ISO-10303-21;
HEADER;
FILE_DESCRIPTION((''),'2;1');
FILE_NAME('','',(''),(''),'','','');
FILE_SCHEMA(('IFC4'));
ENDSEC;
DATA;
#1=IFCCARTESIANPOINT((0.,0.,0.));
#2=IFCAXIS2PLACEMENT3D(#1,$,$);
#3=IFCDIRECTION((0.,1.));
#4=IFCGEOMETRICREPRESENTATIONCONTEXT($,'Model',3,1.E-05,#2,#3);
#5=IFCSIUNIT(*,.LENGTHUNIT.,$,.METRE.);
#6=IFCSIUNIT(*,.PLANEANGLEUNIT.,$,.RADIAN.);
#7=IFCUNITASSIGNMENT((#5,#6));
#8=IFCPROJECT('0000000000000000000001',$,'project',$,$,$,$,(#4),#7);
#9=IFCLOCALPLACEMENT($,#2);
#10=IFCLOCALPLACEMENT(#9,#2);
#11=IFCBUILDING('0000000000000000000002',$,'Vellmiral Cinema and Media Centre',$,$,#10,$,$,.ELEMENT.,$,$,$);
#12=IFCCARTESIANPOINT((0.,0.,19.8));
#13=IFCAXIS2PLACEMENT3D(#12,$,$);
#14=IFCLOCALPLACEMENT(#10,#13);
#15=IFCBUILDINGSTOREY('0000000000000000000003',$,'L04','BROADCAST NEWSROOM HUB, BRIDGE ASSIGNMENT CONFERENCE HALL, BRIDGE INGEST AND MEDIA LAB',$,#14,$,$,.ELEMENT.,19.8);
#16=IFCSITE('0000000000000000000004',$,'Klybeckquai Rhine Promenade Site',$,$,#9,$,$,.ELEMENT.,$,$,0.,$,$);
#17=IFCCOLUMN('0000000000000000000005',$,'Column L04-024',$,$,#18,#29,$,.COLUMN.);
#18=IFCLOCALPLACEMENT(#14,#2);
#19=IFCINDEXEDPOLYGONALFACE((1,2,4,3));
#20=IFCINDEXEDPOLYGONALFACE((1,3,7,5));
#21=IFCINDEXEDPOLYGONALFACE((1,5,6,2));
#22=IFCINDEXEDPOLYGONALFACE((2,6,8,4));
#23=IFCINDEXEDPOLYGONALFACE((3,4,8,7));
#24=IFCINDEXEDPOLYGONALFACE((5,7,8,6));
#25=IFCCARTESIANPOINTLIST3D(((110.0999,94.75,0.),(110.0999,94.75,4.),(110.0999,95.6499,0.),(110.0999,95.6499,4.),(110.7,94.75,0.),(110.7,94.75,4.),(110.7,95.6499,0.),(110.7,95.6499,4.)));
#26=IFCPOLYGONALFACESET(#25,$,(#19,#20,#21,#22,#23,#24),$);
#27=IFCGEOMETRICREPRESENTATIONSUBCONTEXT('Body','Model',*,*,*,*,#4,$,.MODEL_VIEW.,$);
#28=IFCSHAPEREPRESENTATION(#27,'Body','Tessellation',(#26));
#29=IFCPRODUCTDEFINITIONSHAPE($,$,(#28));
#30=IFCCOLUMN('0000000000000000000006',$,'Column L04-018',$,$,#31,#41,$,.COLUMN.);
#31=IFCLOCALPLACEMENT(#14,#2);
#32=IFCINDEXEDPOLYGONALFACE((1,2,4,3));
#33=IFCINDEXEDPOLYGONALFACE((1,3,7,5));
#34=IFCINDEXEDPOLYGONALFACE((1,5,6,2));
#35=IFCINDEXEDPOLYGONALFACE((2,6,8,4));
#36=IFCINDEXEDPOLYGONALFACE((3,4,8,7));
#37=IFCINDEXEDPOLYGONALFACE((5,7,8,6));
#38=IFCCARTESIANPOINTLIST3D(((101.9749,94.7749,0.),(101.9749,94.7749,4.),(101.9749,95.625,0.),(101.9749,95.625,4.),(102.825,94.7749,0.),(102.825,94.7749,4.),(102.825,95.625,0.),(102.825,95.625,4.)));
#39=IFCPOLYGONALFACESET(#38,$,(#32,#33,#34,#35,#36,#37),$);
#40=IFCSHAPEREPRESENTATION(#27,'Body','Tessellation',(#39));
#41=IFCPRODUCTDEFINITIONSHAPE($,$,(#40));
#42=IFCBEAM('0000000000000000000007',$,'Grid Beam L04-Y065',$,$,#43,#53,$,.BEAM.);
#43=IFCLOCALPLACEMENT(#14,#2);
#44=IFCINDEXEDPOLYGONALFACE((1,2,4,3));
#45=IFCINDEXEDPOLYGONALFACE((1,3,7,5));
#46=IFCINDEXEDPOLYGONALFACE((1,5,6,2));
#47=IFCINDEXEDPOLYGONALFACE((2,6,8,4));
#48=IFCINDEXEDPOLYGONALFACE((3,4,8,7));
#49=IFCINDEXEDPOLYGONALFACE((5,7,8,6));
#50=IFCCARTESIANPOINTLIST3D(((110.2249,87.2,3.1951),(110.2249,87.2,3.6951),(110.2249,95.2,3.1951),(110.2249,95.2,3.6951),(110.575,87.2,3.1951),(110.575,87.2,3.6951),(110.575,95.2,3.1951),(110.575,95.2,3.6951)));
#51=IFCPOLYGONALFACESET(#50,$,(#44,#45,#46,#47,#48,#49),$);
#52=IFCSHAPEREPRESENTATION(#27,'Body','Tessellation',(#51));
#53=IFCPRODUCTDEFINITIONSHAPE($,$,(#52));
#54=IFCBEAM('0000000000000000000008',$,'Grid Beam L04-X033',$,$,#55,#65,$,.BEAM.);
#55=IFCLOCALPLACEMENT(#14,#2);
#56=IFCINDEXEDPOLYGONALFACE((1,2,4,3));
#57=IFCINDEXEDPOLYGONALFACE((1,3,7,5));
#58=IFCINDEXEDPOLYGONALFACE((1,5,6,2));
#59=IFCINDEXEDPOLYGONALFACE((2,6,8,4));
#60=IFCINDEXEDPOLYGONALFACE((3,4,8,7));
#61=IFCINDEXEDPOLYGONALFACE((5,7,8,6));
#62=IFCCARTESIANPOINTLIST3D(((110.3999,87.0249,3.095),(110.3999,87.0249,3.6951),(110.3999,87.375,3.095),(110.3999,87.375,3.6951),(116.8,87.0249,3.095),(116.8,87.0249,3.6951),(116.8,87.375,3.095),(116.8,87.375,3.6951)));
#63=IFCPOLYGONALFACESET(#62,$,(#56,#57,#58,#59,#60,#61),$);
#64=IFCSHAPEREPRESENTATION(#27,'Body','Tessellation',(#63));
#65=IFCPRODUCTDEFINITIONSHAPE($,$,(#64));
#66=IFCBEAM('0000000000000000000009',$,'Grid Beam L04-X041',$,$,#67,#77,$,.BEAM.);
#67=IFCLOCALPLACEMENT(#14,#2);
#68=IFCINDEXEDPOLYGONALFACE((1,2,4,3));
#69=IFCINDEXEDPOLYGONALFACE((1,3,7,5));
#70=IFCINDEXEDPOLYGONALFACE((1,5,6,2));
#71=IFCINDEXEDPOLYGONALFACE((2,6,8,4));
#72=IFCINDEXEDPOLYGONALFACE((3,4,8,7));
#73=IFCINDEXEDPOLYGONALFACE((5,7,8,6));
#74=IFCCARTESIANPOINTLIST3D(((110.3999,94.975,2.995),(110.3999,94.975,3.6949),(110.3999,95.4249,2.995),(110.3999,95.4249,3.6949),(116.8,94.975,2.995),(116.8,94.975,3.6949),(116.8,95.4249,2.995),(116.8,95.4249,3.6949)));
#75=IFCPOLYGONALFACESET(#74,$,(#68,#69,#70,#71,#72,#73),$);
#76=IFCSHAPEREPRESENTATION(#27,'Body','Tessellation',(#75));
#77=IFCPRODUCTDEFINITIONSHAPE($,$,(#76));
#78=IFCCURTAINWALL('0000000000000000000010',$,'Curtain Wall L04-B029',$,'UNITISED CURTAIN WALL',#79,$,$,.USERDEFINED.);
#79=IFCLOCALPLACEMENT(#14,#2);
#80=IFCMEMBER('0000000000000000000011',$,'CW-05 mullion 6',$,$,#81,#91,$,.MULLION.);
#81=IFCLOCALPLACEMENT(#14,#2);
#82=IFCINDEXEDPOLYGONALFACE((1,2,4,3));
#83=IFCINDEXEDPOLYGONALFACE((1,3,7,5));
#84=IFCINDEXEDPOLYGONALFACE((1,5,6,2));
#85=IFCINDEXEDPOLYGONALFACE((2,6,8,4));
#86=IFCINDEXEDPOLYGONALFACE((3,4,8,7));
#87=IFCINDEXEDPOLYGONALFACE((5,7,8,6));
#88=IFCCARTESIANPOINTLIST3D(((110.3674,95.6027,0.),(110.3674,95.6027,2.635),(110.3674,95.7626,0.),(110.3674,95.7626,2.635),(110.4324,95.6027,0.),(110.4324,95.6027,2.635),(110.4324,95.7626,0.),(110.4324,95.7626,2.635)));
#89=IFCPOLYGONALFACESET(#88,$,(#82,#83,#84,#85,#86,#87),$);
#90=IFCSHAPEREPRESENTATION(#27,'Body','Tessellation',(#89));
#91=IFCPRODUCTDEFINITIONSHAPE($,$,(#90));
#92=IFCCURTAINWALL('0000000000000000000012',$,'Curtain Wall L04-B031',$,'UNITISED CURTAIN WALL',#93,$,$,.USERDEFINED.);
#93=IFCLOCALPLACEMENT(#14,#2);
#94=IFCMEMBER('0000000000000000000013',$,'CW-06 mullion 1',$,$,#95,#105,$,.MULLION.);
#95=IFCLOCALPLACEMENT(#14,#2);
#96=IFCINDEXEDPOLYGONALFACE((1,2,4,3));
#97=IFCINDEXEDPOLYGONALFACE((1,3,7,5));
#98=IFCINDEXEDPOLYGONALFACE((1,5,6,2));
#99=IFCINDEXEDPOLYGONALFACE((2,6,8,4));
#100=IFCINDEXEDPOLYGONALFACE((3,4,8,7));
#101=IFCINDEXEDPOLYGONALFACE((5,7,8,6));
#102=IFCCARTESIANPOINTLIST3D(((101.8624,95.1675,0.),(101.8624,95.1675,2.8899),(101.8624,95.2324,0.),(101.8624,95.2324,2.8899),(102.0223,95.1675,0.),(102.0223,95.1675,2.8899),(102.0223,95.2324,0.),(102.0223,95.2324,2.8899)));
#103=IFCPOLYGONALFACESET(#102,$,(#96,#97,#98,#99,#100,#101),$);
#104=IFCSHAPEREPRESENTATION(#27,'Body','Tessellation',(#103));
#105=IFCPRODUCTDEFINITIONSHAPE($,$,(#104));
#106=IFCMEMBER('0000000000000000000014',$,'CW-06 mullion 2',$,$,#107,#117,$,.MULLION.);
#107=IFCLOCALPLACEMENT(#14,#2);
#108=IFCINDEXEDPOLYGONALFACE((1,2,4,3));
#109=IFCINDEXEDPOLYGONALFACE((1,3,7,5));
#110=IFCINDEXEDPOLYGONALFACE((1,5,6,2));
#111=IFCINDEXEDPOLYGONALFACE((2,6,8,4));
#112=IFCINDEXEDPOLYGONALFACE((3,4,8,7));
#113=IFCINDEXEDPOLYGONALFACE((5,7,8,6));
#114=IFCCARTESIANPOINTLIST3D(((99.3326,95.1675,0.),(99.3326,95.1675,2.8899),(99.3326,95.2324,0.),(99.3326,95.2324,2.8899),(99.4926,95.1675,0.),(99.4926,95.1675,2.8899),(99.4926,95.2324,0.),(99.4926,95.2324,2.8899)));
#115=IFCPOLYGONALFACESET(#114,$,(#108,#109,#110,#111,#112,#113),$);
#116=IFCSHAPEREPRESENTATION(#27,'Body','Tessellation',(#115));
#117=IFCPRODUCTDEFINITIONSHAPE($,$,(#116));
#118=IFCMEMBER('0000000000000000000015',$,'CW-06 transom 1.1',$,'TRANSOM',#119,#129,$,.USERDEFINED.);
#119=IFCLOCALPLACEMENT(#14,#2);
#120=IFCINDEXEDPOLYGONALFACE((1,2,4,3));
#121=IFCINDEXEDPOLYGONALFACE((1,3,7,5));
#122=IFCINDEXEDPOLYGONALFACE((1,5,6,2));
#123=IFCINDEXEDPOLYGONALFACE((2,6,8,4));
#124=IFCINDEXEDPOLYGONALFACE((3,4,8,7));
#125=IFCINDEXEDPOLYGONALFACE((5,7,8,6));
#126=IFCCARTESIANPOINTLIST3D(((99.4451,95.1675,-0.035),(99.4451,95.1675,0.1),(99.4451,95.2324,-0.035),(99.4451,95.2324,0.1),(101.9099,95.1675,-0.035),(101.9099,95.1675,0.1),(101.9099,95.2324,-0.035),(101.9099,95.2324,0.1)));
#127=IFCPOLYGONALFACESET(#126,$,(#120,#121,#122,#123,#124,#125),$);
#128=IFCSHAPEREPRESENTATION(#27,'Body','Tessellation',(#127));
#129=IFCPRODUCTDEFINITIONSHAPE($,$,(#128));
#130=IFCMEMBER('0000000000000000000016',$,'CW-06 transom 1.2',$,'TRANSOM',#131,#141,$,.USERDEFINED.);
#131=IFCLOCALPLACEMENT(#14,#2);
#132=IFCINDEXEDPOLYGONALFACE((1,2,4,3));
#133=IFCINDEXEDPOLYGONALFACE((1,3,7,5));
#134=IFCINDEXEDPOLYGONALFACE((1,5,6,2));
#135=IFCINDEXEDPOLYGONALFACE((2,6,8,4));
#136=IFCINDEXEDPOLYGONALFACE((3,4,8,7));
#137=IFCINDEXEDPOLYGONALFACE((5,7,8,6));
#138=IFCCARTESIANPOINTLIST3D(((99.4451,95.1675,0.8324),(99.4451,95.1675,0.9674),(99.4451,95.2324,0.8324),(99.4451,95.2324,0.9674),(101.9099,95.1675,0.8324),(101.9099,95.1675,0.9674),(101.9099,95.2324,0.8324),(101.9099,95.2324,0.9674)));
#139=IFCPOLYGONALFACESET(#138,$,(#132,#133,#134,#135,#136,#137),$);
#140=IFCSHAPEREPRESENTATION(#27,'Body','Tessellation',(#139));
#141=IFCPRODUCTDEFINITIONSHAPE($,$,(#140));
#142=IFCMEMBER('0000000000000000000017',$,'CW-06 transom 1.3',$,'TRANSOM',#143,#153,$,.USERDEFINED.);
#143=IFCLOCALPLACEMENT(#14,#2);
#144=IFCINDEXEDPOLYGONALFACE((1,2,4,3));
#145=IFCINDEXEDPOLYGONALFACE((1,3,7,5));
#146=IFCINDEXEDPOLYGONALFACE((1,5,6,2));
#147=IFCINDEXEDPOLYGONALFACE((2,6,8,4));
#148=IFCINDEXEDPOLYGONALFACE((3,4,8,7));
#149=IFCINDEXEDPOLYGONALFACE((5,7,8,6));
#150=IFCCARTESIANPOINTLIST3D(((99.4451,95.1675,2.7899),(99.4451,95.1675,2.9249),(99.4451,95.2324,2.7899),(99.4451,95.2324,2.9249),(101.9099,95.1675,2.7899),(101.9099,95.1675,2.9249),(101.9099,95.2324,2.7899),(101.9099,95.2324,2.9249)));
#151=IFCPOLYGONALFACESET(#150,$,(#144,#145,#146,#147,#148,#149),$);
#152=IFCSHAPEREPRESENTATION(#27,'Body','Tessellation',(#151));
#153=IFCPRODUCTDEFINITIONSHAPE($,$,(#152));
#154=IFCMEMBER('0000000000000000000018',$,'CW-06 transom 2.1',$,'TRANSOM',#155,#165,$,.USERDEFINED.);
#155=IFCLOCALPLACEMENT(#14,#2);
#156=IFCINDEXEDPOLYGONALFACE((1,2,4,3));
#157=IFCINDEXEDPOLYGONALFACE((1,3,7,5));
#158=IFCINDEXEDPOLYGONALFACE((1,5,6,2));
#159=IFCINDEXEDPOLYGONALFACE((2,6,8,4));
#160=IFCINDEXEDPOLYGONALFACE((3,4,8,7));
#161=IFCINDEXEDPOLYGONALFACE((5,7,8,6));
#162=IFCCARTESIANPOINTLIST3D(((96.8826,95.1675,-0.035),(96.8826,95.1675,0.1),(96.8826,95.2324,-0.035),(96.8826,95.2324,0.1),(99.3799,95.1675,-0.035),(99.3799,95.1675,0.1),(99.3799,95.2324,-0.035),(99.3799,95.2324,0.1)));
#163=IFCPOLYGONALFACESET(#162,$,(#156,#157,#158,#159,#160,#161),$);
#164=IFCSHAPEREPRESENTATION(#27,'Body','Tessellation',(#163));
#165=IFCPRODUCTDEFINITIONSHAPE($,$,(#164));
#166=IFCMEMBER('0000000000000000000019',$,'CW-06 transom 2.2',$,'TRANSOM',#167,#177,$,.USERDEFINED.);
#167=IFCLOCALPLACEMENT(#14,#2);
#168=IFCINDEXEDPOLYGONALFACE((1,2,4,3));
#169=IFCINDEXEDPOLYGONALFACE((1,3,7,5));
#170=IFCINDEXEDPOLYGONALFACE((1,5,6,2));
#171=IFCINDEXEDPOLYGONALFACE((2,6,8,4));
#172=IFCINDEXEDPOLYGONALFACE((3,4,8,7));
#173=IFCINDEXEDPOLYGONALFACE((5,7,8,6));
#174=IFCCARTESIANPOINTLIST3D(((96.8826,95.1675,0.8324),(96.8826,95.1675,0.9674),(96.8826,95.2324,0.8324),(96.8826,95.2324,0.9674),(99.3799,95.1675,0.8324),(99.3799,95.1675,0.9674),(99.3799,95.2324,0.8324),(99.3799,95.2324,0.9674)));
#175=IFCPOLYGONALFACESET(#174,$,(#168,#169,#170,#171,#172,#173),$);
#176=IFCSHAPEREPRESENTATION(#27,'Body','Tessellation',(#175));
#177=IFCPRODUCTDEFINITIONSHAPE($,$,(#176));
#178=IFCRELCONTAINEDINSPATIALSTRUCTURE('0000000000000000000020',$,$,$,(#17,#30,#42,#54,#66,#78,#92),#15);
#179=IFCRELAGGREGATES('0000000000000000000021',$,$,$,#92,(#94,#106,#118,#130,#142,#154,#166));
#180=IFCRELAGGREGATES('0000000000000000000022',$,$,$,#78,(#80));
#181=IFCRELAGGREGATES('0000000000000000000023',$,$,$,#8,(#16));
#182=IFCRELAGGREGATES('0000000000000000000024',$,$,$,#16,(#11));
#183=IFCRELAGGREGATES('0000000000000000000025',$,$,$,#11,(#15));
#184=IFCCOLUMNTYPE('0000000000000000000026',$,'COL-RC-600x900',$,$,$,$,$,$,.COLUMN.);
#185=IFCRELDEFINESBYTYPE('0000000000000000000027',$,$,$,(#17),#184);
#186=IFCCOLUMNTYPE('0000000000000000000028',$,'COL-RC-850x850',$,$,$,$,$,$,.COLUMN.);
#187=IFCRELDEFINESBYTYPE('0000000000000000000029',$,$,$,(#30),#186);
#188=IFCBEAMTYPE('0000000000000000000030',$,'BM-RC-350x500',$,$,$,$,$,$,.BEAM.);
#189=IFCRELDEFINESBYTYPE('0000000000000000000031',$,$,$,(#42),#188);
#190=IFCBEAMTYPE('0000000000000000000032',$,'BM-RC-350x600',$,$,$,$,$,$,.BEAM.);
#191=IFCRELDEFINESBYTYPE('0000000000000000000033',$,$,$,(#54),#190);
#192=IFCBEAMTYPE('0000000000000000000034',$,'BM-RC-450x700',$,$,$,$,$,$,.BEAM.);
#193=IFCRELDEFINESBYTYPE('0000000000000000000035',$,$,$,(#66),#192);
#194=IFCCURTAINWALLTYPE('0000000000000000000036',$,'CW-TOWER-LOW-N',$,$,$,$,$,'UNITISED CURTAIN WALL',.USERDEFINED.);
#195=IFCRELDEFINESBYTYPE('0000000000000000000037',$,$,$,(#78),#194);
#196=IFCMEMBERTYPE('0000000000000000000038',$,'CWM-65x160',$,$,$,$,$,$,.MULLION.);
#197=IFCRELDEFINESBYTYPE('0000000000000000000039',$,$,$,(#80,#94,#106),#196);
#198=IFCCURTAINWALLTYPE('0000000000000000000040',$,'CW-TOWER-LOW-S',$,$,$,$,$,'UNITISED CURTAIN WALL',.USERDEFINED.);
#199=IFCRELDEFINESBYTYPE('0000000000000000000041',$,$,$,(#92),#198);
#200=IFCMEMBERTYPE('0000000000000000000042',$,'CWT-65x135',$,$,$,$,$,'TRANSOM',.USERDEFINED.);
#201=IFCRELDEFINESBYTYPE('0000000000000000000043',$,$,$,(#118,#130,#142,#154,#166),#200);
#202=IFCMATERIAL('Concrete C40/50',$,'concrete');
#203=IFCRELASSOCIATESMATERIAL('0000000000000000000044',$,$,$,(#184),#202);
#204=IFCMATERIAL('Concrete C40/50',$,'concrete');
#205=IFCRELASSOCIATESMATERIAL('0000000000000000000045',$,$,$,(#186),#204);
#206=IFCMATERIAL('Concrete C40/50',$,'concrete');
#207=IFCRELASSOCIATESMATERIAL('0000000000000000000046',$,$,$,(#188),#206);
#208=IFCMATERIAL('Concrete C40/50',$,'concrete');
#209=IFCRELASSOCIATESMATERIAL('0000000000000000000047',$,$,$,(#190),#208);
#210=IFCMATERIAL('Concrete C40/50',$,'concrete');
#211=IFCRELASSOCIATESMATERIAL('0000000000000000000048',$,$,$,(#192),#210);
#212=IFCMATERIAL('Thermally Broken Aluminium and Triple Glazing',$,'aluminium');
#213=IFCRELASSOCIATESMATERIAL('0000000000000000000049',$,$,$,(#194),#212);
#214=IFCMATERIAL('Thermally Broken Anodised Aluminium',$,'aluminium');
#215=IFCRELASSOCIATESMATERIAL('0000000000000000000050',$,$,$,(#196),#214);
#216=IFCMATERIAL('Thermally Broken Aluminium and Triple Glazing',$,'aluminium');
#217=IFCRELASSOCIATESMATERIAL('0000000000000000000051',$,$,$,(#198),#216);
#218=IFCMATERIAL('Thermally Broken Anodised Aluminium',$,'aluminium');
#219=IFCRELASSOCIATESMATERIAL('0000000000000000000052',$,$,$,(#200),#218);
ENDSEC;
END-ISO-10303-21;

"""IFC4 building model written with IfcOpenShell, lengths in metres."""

from ifc_helpers import new_model, si_unit, direction, frame, origin, origin_2d, place, context, subcontext, project, spatial, rectangle, extrude, material, material_profile, profile_set, type_object, element, aggregate, save


model = new_model("IFC4")

# Units and contexts
model_context = context("Model", 3, precision=1e-05, world=origin(), true_north=direction((0.0, 1.0)))
body_context = subcontext(model_context, "Body", "Model", "MODEL_VIEW")
ifc_project = project(units=[si_unit("LENGTHUNIT", "METRE"), si_unit("PLANEANGLEUNIT", "RADIAN")], contexts=[model_context])

# Site, building, storey
site_placement = place(None, origin())
site = spatial("IfcSite", under=ifc_project, at=site_placement, Name="Klybeckquai Rhine Promenade Site", CompositionType="ELEMENT", RefElevation=0.0)
building_placement = place(site_placement, origin())
building = spatial("IfcBuilding", under=site, at=building_placement, Name="Vellmiral Cinema and Media Centre", CompositionType="ELEMENT")
storey_placement = place(building_placement, frame((0.0, 0.0, 19.8)))
storey = spatial("IfcBuildingStorey", under=building, at=storey_placement, Name="L04", Description="BROADCAST NEWSROOM HUB, BRIDGE ASSIGNMENT CONFERENCE HALL, BRIDGE INGEST AND MEDIA LAB", CompositionType="ELEMENT", Elevation=19.8)

# Columns
ifc_material_1 = material(Name="Concrete C40/50", Category="concrete")
ifc_material_profile_1 = material_profile(ifc_material_1, rectangle(XDim=0.6001, YDim=0.8999, at=origin_2d()), Name="RC 600x900")
ifc_profile_set_1 = profile_set([ifc_material_profile_1], Name="Concrete C40/50")
column_type_1 = type_object("IfcColumnType", Name="COL-RC-600x900", PredefinedType="COLUMN", material=ifc_profile_set_1)
column_1_placement = place(storey_placement, frame((110.3999, 95.2, 0.0), z_axis=(0.0, 0.0, 1.0), x_axis=(1.0, 0.0, 0.0)))
element("IfcColumn", 1, at=column_1_placement, inside=storey, type_object=column_type_1, Name="Column L04-024", PredefinedType="COLUMN", context=body_context, shape_type="SweptSolid", body=[
    extrude(rectangle(XDim=0.6001, YDim=0.8999, at=origin_2d()), origin(), (0.0, 0.0, 1.0), 4.0),
])
ifc_material_2 = material(Name="Concrete C40/50", Category="concrete")
ifc_material_profile_2 = material_profile(ifc_material_2, rectangle(XDim=0.8501, YDim=0.8501, at=origin_2d()), Name="RC 850x850")
ifc_profile_set_2 = profile_set([ifc_material_profile_2], Name="Concrete C40/50")
column_type_2 = type_object("IfcColumnType", Name="COL-RC-850x850", PredefinedType="COLUMN", material=ifc_profile_set_2)
column_2_placement = place(storey_placement, frame((102.3999, 95.2, 0.0), z_axis=(0.0, 0.0, 1.0), x_axis=(1.0, 0.0, 0.0)))
element("IfcColumn", 2, at=column_2_placement, inside=storey, type_object=column_type_2, Name="Column L04-018", PredefinedType="COLUMN", context=body_context, shape_type="SweptSolid", body=[
    extrude(rectangle(XDim=0.8501, YDim=0.8501, at=origin_2d()), origin(), (0.0, 0.0, 1.0), 4.0),
])

# Beams
ifc_material_3 = material(Name="Concrete C40/50", Category="concrete")
ifc_material_profile_3 = material_profile(ifc_material_3, rectangle(XDim=0.3501, YDim=0.5, at=origin_2d()), Name="RC 350x500")
ifc_profile_set_3 = profile_set([ifc_material_profile_3], Name="Concrete C40/50")
beam_type_1 = type_object("IfcBeamType", Name="BM-RC-350x500", PredefinedType="BEAM", material=ifc_profile_set_3)
beam_1_placement = place(storey_placement, frame((110.3999, 87.2, 3.4451), z_axis=(0.0, 1.0, 0.0), x_axis=(-1.0, 0.0, 0.0)))
element("IfcBeam", 3, at=beam_1_placement, inside=storey, type_object=beam_type_1, Name="Grid Beam L04-Y065", PredefinedType="BEAM", context=body_context, shape_type="SweptSolid", body=[
    extrude(rectangle(XDim=0.3501, YDim=0.5, at=origin_2d()), origin(), (0.0, 0.0, 1.0), 8.0),
])
ifc_material_4 = material(Name="Concrete C40/50", Category="concrete")
ifc_material_profile_4 = material_profile(ifc_material_4, rectangle(XDim=0.3501, YDim=0.6001, at=origin_2d()), Name="RC 350x600")
ifc_profile_set_4 = profile_set([ifc_material_profile_4], Name="Concrete C40/50")
beam_type_2 = type_object("IfcBeamType", Name="BM-RC-350x600", PredefinedType="BEAM", material=ifc_profile_set_4)
beam_2_placement = place(storey_placement, frame((110.3999, 87.2, 3.395), z_axis=(1.0, 0.0, 0.0), x_axis=(0.0, 1.0, 0.0)))
element("IfcBeam", 4, at=beam_2_placement, inside=storey, type_object=beam_type_2, Name="Grid Beam L04-X033", PredefinedType="BEAM", context=body_context, shape_type="SweptSolid", body=[
    extrude(rectangle(XDim=0.3501, YDim=0.6001, at=origin_2d()), origin(), (0.0, 0.0, 1.0), 6.4001),
])
ifc_material_5 = material(Name="Concrete C40/50", Category="concrete")
ifc_material_profile_5 = material_profile(ifc_material_5, rectangle(XDim=0.45, YDim=0.7, at=origin_2d()), Name="RC 450x700")
ifc_profile_set_5 = profile_set([ifc_material_profile_5], Name="Concrete C40/50")
beam_type_3 = type_object("IfcBeamType", Name="BM-RC-450x700", PredefinedType="BEAM", material=ifc_profile_set_5)
beam_3_placement = place(storey_placement, frame((110.3999, 95.2, 3.345), z_axis=(1.0, 0.0, 0.0), x_axis=(0.0, 1.0, 0.0)))
element("IfcBeam", 5, at=beam_3_placement, inside=storey, type_object=beam_type_3, Name="Grid Beam L04-X041", PredefinedType="BEAM", context=body_context, shape_type="SweptSolid", body=[
    extrude(rectangle(XDim=0.45, YDim=0.7, at=origin_2d()), origin(), (0.0, 0.0, 1.0), 6.4001),
])

# Curtain wall, member
ifc_material_6 = material(Name="Thermally Broken Aluminium and Triple Glazing", Category="aluminium")
curtain_wall_type_1 = type_object("IfcCurtainWallType", Name="CW-TOWER-LOW-N", ElementType="UNITISED CURTAIN WALL", PredefinedType="USERDEFINED", material=ifc_material_6)
curtain_wall_1_placement = place(storey_placement, origin())
curtain_wall_1 = element("IfcCurtainWall", 6, at=curtain_wall_1_placement, inside=storey, type_object=curtain_wall_type_1, Name="Curtain Wall L04-B029", ObjectType="UNITISED CURTAIN WALL", PredefinedType="USERDEFINED")
ifc_material_7 = material(Name="Thermally Broken Anodised Aluminium", Category="aluminium")
ifc_material_profile_6 = material_profile(ifc_material_7, rectangle(XDim=0.0649, YDim=0.1599, at=origin_2d()), Name="MULL 65x160")
ifc_profile_set_6 = profile_set([ifc_material_profile_6], Name="Thermally Broken Anodised Aluminium")
member_type_1 = type_object("IfcMemberType", Name="CWM-65x160", PredefinedType="MULLION", material=ifc_profile_set_6)
member_1_placement = place(storey_placement, frame((110.3999, 95.6826, 0.0), z_axis=(0.0, 0.0, 1.0), x_axis=(1.0, 0.0, 0.0)))
member_1 = element("IfcMember", 7, at=member_1_placement, type_object=member_type_1, Name="CW-05 mullion 6", PredefinedType="MULLION", context=body_context, shape_type="SweptSolid", body=[
    extrude(rectangle(XDim=0.0649, YDim=0.1599, at=origin_2d()), origin(), (0.0, 0.0, 1.0), 2.635),
])

# Curtain wall, members
ifc_material_8 = material(Name="Thermally Broken Aluminium and Triple Glazing", Category="aluminium")
curtain_wall_type_2 = type_object("IfcCurtainWallType", Name="CW-TOWER-LOW-S", ElementType="UNITISED CURTAIN WALL", PredefinedType="USERDEFINED", material=ifc_material_8)
curtain_wall_2_placement = place(storey_placement, origin())
curtain_wall_2 = element("IfcCurtainWall", 8, at=curtain_wall_2_placement, inside=storey, type_object=curtain_wall_type_2, Name="Curtain Wall L04-B031", ObjectType="UNITISED CURTAIN WALL", PredefinedType="USERDEFINED")
member_2_placement = place(storey_placement, frame((101.9424, 95.2, 0.0), z_axis=(0.0, 0.0, 1.0), x_axis=(0.0, -1.0, 0.0)))
member_2 = element("IfcMember", 9, at=member_2_placement, type_object=member_type_1, Name="CW-06 mullion 1", PredefinedType="MULLION", context=body_context, shape_type="SweptSolid", body=[
    extrude(rectangle(XDim=0.0649, YDim=0.1599, at=origin_2d()), origin(), (0.0, 0.0, 1.0), 2.8899),
])
member_3_placement = place(storey_placement, frame((99.4126, 95.2, 0.0), z_axis=(0.0, 0.0, 1.0), x_axis=(0.0, -1.0, 0.0)))
member_3 = element("IfcMember", 10, at=member_3_placement, type_object=member_type_1, Name="CW-06 mullion 2", PredefinedType="MULLION", context=body_context, shape_type="SweptSolid", body=[
    extrude(rectangle(XDim=0.0649, YDim=0.1599, at=origin_2d()), origin(), (0.0, 0.0, 1.0), 2.8899),
])
ifc_material_9 = material(Name="Thermally Broken Anodised Aluminium", Category="aluminium")
ifc_material_profile_7 = material_profile(ifc_material_9, rectangle(XDim=0.0649, YDim=0.135, at=origin_2d()), Name="MULL 65x135")
ifc_profile_set_7 = profile_set([ifc_material_profile_7], Name="Thermally Broken Anodised Aluminium")
member_type_2 = type_object("IfcMemberType", Name="CWT-65x135", ElementType="TRANSOM", PredefinedType="USERDEFINED", material=ifc_profile_set_7)
member_4_placement = place(storey_placement, frame((101.9099, 95.2, 0.0325), z_axis=(-1.0, 0.0, 0.0), x_axis=(0.0, -1.0, 0.0)))
member_4 = element("IfcMember", 11, at=member_4_placement, type_object=member_type_2, Name="CW-06 transom 1.1", ObjectType="TRANSOM", PredefinedType="USERDEFINED", context=body_context, shape_type="SweptSolid", body=[
    extrude(rectangle(XDim=0.0649, YDim=0.135, at=origin_2d()), origin(), (0.0, 0.0, 1.0), 2.4648),
])
member_5_placement = place(storey_placement, frame((101.9099, 95.2, 0.8999), z_axis=(-1.0, 0.0, 0.0), x_axis=(0.0, -1.0, 0.0)))
member_5 = element("IfcMember", 12, at=member_5_placement, type_object=member_type_2, Name="CW-06 transom 1.2", ObjectType="TRANSOM", PredefinedType="USERDEFINED", context=body_context, shape_type="SweptSolid", body=[
    extrude(rectangle(XDim=0.0649, YDim=0.135, at=origin_2d()), origin(), (0.0, 0.0, 1.0), 2.4648),
])
member_6_placement = place(storey_placement, frame((101.9099, 95.2, 2.8574), z_axis=(-1.0, 0.0, 0.0), x_axis=(0.0, -1.0, 0.0)))
member_6 = element("IfcMember", 13, at=member_6_placement, type_object=member_type_2, Name="CW-06 transom 1.3", ObjectType="TRANSOM", PredefinedType="USERDEFINED", context=body_context, shape_type="SweptSolid", body=[
    extrude(rectangle(XDim=0.0649, YDim=0.135, at=origin_2d()), origin(), (0.0, 0.0, 1.0), 2.4648),
])
member_7_placement = place(storey_placement, frame((99.3799, 95.2, 0.0325), z_axis=(-1.0, 0.0, 0.0), x_axis=(0.0, -1.0, 0.0)))
member_7 = element("IfcMember", 14, at=member_7_placement, type_object=member_type_2, Name="CW-06 transom 2.1", ObjectType="TRANSOM", PredefinedType="USERDEFINED", context=body_context, shape_type="SweptSolid", body=[
    extrude(rectangle(XDim=0.0649, YDim=0.135, at=origin_2d()), origin(), (0.0, 0.0, 1.0), 2.4973),
])
member_8_placement = place(storey_placement, frame((99.3799, 95.2, 0.8999), z_axis=(-1.0, 0.0, 0.0), x_axis=(0.0, -1.0, 0.0)))
member_8 = element("IfcMember", 15, at=member_8_placement, type_object=member_type_2, Name="CW-06 transom 2.2", ObjectType="TRANSOM", PredefinedType="USERDEFINED", context=body_context, shape_type="SweptSolid", body=[
    extrude(rectangle(XDim=0.0649, YDim=0.135, at=origin_2d()), origin(), (0.0, 0.0, 1.0), 2.4973),
])

aggregate(curtain_wall_2, [member_2, member_3, member_4, member_5, member_6, member_7, member_8])
aggregate(curtain_wall_1, [member_1])

save(model, "model.ifc")
